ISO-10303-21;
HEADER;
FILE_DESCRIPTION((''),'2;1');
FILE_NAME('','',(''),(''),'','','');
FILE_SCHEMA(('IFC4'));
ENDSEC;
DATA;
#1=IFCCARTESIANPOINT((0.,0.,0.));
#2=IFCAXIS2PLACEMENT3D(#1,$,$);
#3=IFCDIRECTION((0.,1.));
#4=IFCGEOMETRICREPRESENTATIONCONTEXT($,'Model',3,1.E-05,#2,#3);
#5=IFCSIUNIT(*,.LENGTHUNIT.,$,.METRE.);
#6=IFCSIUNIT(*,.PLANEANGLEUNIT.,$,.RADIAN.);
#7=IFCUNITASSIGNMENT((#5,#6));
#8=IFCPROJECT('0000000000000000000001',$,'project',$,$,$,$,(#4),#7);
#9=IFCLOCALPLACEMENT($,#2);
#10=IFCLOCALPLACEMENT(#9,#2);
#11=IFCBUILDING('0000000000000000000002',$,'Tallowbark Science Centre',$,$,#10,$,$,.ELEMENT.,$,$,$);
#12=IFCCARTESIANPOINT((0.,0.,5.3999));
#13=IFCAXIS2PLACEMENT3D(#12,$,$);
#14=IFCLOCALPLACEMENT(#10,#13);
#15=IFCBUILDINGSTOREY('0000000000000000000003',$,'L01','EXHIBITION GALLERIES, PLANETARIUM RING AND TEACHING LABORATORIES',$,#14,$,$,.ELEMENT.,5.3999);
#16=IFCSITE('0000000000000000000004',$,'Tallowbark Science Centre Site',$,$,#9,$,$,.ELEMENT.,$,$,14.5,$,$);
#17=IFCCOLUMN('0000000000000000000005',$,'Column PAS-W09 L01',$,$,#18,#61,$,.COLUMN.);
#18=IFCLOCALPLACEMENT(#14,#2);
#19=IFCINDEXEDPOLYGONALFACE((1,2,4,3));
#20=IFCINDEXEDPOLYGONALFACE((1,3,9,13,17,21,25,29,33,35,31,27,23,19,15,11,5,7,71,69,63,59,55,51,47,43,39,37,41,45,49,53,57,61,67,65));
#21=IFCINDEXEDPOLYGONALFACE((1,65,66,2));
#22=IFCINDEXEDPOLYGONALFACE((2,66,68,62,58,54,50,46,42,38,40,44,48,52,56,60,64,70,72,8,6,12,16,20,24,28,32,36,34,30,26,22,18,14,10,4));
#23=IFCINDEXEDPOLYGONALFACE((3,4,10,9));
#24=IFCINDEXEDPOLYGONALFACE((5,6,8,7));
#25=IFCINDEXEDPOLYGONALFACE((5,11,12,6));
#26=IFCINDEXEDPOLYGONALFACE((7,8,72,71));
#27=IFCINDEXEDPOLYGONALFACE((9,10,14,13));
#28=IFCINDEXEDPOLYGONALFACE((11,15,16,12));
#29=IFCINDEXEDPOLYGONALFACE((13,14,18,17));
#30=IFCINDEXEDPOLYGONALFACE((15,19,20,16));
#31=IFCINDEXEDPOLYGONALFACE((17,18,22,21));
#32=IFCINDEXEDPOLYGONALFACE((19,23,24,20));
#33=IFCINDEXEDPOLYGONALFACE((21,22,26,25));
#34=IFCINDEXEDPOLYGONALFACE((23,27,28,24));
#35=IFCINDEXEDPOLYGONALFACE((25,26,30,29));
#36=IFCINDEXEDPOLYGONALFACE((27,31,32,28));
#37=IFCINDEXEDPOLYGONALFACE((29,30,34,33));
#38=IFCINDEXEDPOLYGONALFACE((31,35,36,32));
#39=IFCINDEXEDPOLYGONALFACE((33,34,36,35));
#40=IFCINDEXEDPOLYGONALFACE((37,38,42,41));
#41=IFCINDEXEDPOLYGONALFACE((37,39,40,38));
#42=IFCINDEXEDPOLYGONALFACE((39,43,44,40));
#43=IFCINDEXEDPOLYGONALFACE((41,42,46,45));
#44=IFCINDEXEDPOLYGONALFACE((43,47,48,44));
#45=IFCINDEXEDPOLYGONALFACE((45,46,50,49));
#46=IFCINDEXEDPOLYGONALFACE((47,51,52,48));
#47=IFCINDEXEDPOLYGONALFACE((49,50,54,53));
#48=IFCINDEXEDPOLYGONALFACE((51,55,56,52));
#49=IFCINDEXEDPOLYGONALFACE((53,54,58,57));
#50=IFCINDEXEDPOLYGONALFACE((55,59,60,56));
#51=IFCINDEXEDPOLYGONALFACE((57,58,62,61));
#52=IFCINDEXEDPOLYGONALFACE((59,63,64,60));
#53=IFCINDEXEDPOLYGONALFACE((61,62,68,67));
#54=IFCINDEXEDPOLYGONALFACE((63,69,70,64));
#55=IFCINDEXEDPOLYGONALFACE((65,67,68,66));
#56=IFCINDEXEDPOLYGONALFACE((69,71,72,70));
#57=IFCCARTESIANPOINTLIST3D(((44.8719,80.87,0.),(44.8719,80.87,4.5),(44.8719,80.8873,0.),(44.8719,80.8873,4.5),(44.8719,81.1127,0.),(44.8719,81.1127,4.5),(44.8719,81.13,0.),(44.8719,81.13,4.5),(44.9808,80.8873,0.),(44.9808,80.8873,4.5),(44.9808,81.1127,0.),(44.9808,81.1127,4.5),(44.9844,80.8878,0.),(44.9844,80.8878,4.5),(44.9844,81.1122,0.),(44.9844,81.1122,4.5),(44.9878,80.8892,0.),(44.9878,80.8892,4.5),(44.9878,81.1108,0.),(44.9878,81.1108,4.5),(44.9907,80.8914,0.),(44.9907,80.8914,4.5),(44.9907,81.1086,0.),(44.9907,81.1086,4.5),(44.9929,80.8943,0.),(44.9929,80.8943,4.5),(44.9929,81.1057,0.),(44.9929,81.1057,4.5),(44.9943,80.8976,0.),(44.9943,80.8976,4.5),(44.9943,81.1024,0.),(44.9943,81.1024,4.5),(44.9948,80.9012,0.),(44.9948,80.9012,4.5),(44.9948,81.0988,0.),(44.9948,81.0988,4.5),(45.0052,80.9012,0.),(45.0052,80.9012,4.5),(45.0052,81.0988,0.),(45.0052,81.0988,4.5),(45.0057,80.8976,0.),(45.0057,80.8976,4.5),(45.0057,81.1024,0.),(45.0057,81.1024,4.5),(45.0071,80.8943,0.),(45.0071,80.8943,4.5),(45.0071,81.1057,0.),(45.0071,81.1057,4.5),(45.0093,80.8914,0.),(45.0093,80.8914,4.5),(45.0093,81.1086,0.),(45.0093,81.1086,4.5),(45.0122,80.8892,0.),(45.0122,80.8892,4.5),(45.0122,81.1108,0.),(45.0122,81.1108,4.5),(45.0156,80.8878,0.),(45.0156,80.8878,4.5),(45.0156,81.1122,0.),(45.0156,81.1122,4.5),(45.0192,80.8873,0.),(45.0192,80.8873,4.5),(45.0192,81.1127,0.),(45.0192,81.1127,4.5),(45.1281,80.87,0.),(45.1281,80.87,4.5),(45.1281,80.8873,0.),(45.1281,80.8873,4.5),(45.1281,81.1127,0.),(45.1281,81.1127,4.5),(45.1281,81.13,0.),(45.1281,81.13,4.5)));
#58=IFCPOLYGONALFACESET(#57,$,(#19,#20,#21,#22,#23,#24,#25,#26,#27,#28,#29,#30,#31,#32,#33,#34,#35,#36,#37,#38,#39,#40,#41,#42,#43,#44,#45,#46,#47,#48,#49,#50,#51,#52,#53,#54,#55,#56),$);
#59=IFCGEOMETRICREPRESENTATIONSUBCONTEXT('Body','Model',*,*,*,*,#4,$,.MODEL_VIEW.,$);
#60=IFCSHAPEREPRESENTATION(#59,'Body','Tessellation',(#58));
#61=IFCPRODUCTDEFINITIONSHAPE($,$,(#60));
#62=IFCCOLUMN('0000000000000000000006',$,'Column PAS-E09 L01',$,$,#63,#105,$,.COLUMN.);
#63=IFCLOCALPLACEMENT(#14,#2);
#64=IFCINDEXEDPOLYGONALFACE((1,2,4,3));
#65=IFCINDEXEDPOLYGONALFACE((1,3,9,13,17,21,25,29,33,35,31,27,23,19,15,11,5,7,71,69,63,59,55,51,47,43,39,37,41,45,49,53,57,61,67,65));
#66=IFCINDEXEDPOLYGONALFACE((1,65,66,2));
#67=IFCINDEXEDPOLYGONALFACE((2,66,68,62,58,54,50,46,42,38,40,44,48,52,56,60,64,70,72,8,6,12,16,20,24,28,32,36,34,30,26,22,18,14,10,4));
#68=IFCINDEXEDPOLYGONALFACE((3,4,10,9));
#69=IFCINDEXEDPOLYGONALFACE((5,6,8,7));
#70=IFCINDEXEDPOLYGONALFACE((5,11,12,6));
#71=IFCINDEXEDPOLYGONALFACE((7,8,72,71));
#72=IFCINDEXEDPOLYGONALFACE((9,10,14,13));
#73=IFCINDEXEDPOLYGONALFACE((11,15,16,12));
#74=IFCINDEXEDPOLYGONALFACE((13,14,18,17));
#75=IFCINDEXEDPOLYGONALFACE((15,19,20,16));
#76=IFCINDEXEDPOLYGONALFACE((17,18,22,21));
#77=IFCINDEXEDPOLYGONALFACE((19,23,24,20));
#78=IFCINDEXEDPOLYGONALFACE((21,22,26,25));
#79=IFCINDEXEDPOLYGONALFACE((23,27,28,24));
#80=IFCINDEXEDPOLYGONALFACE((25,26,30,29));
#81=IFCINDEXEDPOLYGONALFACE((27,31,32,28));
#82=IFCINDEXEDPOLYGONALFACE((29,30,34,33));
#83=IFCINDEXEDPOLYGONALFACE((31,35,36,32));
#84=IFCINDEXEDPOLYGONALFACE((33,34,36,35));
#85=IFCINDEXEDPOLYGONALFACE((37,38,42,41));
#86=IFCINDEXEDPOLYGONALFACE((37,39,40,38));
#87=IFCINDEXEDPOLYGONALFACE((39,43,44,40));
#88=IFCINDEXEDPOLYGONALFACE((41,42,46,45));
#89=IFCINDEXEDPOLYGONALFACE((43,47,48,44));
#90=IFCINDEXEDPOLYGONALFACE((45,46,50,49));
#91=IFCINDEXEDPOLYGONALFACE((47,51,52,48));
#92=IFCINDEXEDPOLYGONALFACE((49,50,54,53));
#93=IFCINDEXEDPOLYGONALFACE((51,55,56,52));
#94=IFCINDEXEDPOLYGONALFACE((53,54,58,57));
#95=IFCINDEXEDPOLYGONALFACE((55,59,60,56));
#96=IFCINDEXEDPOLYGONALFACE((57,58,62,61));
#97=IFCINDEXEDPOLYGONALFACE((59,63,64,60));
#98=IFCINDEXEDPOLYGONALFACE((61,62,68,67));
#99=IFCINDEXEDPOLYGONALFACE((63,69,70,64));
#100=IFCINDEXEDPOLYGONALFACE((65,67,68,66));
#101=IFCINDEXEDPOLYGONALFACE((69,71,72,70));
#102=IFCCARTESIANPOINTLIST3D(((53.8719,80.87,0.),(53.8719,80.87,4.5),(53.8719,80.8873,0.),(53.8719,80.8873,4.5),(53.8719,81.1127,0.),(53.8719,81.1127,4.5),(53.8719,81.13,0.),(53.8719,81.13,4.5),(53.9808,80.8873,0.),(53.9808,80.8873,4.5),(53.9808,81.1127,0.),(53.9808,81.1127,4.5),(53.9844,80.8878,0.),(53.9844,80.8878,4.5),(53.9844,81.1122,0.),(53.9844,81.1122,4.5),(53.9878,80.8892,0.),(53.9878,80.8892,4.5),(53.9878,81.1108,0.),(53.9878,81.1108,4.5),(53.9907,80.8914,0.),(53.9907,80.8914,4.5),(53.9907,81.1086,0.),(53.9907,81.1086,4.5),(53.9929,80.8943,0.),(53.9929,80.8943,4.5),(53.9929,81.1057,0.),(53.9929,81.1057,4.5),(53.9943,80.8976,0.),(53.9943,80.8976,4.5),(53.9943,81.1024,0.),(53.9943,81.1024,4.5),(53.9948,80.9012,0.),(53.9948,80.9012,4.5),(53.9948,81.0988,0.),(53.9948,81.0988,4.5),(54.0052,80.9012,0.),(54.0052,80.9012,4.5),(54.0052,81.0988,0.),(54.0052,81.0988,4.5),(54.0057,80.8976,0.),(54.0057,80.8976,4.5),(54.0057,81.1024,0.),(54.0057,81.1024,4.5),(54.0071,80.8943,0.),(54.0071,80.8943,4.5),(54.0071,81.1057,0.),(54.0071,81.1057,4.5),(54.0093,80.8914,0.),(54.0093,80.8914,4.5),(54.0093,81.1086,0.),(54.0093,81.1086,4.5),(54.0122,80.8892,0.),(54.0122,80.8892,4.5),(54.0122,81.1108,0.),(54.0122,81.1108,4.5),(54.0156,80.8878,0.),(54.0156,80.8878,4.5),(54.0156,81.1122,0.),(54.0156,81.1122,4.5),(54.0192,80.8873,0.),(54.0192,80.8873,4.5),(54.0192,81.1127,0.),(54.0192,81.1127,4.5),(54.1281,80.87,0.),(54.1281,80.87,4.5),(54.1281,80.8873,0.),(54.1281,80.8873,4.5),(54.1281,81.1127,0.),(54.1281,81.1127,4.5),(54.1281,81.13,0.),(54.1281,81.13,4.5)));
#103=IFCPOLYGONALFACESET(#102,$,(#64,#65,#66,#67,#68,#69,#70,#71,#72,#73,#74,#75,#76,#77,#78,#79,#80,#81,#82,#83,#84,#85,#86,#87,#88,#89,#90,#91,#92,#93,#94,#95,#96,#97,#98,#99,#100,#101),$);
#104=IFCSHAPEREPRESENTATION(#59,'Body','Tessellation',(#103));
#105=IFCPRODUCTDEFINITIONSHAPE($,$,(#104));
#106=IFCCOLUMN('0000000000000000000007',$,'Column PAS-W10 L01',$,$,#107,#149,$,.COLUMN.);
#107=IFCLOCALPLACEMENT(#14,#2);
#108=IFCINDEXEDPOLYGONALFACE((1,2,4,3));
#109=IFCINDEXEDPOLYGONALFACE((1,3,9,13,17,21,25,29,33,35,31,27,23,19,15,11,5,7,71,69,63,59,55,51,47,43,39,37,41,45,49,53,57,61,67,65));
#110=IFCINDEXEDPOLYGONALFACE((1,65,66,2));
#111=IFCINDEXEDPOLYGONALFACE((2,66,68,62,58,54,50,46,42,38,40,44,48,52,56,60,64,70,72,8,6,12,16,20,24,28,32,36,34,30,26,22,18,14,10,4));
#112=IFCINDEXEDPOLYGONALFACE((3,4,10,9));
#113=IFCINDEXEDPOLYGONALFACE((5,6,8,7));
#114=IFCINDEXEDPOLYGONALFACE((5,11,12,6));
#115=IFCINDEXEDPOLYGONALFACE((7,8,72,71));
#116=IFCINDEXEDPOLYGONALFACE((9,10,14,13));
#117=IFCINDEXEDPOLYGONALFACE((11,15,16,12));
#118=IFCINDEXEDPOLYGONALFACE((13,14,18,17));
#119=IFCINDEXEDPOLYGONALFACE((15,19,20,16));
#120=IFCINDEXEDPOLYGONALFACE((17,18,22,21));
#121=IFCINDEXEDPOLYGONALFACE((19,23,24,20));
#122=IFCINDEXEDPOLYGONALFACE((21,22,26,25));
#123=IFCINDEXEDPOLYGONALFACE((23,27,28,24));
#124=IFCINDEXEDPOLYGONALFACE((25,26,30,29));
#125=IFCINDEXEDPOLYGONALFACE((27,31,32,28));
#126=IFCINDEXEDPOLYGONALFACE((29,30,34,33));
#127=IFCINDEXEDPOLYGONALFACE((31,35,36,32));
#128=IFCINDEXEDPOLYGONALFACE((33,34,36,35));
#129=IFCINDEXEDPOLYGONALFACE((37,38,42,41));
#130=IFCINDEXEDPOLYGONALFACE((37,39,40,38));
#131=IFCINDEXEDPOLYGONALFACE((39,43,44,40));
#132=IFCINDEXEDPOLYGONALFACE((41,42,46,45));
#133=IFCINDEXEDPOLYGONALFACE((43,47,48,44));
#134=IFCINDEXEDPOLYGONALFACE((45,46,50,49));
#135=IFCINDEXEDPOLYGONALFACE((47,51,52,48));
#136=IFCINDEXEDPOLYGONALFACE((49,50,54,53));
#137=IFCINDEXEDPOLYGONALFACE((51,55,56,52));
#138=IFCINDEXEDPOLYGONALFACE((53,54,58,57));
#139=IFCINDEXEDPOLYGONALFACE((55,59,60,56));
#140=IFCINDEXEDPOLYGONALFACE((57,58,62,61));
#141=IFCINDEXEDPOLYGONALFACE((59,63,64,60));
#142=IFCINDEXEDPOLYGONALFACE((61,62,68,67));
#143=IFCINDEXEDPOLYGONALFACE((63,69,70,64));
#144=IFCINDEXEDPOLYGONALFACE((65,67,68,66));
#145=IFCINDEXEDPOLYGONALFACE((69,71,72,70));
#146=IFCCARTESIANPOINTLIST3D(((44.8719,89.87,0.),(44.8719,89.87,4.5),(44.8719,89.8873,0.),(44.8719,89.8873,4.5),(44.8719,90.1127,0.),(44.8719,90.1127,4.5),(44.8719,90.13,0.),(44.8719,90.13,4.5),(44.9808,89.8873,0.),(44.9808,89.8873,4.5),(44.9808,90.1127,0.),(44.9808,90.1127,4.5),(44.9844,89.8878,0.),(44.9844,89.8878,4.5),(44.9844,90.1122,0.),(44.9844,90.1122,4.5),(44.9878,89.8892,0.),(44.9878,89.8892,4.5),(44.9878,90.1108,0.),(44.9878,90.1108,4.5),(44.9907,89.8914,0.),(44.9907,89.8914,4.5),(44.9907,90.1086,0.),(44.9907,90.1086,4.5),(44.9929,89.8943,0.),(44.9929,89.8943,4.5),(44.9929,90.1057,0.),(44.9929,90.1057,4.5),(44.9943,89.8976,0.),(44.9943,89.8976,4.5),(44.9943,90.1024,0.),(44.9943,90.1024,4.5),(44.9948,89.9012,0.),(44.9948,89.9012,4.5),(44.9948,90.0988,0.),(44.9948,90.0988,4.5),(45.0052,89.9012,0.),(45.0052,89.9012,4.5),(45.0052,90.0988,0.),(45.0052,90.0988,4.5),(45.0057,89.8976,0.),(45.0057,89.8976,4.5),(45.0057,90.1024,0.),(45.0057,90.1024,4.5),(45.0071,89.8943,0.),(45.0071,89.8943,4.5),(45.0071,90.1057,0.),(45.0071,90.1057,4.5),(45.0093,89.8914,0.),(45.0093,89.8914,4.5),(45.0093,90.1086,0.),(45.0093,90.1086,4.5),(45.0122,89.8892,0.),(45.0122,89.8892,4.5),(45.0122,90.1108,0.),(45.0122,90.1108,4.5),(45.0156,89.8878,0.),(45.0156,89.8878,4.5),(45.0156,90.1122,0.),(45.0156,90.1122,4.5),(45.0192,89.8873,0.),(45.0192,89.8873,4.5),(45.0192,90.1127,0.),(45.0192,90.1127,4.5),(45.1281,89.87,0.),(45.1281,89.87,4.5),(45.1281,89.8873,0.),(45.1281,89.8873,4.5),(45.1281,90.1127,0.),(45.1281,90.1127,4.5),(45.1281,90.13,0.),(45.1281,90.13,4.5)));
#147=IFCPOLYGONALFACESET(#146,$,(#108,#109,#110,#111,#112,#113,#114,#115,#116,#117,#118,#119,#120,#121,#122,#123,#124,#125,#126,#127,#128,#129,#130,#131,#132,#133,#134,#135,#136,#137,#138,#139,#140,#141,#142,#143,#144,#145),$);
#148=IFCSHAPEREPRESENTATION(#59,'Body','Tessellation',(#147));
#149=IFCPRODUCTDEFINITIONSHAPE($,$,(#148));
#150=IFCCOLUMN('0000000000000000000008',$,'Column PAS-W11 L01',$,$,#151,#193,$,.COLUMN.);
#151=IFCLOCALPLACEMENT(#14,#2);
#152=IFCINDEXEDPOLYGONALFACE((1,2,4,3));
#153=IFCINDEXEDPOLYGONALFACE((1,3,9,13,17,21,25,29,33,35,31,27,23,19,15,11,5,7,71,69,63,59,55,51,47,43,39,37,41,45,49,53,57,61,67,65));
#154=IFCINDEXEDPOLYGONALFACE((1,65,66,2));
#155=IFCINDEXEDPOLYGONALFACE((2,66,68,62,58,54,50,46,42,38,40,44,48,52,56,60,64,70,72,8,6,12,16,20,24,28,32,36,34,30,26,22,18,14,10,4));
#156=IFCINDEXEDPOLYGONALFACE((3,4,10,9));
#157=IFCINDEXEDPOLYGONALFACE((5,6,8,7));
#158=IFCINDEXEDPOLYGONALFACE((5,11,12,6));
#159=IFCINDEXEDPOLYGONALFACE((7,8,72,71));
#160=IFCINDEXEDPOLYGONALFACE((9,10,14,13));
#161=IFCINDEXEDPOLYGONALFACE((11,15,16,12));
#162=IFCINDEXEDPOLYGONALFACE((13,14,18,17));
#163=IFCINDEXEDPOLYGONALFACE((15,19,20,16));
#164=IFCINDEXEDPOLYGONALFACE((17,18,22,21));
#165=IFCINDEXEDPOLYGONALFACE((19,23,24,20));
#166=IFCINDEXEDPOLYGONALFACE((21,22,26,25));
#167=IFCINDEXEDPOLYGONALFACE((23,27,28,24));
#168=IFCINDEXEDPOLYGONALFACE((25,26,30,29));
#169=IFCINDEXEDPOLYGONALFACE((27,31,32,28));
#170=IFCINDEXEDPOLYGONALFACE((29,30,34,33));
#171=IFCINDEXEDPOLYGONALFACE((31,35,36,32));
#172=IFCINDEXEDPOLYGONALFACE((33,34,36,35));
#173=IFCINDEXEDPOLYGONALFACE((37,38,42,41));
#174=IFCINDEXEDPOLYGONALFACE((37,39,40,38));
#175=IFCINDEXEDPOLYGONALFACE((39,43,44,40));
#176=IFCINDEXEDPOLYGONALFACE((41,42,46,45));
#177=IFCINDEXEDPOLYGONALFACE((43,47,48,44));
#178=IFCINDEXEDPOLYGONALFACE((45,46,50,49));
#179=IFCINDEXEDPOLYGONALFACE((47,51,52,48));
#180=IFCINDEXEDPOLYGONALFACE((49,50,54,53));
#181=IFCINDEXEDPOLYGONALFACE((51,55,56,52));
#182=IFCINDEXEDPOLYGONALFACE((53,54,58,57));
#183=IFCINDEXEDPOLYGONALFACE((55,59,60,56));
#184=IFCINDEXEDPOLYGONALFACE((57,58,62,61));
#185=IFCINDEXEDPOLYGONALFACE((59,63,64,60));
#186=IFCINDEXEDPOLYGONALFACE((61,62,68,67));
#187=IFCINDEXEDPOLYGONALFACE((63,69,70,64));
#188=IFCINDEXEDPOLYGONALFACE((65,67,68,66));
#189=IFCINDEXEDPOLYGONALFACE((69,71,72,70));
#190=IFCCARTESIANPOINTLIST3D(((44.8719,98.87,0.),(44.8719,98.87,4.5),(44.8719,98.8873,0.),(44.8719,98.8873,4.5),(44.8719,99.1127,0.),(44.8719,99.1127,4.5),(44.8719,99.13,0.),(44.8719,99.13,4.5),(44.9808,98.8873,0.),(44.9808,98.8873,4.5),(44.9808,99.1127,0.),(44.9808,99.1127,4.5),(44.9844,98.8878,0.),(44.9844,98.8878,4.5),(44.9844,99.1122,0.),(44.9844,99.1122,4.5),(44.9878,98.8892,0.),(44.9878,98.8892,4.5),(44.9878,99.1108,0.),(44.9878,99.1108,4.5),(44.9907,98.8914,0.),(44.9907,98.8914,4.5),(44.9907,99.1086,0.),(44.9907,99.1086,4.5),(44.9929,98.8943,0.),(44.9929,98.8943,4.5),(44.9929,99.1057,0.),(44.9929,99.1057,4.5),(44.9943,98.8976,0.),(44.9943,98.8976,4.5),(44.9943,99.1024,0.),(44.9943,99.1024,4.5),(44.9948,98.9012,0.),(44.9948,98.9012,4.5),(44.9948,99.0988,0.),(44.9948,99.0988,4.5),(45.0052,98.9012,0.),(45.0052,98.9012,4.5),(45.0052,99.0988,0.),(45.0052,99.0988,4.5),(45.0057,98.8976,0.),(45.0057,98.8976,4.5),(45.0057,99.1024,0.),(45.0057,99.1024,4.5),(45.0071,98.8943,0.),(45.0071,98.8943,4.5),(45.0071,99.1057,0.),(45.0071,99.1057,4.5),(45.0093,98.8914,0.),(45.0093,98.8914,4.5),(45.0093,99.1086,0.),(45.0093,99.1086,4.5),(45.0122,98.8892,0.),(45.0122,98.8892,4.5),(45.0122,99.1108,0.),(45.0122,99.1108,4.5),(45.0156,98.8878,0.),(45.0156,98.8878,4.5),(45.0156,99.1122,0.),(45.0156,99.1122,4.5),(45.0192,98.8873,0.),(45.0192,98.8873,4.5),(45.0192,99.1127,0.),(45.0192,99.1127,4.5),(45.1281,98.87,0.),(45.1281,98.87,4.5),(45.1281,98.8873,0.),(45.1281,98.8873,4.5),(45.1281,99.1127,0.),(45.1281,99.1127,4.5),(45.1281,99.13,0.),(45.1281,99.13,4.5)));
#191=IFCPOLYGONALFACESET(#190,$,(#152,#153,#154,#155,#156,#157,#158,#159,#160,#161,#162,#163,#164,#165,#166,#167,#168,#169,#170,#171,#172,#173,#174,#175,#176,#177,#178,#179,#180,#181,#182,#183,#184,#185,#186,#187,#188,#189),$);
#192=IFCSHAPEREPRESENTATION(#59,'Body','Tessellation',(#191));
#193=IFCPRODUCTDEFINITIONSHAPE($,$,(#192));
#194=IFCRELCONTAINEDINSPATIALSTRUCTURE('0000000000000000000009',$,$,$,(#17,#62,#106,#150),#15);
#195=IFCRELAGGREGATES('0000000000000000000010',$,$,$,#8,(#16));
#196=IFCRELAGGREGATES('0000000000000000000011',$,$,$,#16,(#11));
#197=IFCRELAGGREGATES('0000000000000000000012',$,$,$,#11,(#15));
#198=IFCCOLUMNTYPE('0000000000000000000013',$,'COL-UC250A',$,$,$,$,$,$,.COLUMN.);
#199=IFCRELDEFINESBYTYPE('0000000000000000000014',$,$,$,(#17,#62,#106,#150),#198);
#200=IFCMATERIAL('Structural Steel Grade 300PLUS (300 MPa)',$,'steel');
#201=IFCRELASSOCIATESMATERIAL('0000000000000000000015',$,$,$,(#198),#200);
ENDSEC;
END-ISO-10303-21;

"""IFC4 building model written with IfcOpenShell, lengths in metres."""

from ifc_helpers import new_model, si_unit, direction, frame, origin, origin_2d, place, context, subcontext, project, spatial, i_section, extrude, material, material_profile, profile_set, type_object, element, save


model = new_model("IFC4")

# Units and contexts
model_context = context("Model", 3, precision=1e-05, world=origin(), true_north=direction((0.0, 1.0)))
body_context = subcontext(model_context, "Body", "Model", "MODEL_VIEW")
ifc_project = project(units=[si_unit("LENGTHUNIT", "METRE"), si_unit("PLANEANGLEUNIT", "RADIAN")], contexts=[model_context])

# Site, building, storey
site_placement = place(None, origin())
site = spatial("IfcSite", under=ifc_project, at=site_placement, Name="Tallowbark Science Centre Site", CompositionType="ELEMENT", RefElevation=14.5)
building_placement = place(site_placement, origin())
building = spatial("IfcBuilding", under=site, at=building_placement, Name="Tallowbark Science Centre", CompositionType="ELEMENT")
storey_placement = place(building_placement, frame((0.0, 0.0, 5.3999)))
storey = spatial("IfcBuildingStorey", under=building, at=storey_placement, Name="L01", Description="EXHIBITION GALLERIES, PLANETARIUM RING AND TEACHING LABORATORIES", CompositionType="ELEMENT", Elevation=5.3999)

# Columns
ifc_material = material(Name="Structural Steel Grade 300PLUS (300 MPa)", Category="steel")
ifc_material_profile_1 = material_profile(ifc_material, i_section(OverallWidth=0.2561, OverallDepth=0.26, WebThickness=0.0105, FlangeThickness=0.0173, FilletRadius=0.0139, at=origin_2d()), Name="250UC89.5")
ifc_profile_set_1 = profile_set([ifc_material_profile_1], Name="Structural Steel Grade 300PLUS (300 MPa)")
column_type = type_object("IfcColumnType", Name="COL-UC250A", PredefinedType="COLUMN", material=ifc_profile_set_1)
for number, where, z_axis, x_axis, name in (
    (1, (45.0, 81.0, 0.0), (0.0, 0.0, 1.0), (1.0, 0.0, 0.0), "Column PAS-W09 L01"),
    (2, (54.0, 81.0, 0.0), (0.0, 0.0, 1.0), (1.0, 0.0, 0.0), "Column PAS-E09 L01"),
    (3, (45.0, 90.0, 0.0), (0.0, 0.0, 1.0), (1.0, 0.0, 0.0), "Column PAS-W10 L01"),
    (4, (45.0, 99.0, 0.0), (0.0, 0.0, 1.0), (1.0, 0.0, 0.0), "Column PAS-W11 L01"),
):
    element("IfcColumn", number, at=place(storey_placement, frame(where, z_axis=z_axis, x_axis=x_axis)), inside=storey, type_object=column_type, Name=name, PredefinedType="COLUMN", context=body_context, shape_type="SweptSolid", body=[
        extrude(i_section(OverallWidth=0.2561, OverallDepth=0.26, WebThickness=0.0105, FlangeThickness=0.0173, FilletRadius=0.0139, at=origin_2d()), origin(), (0.0, 0.0, 1.0), 4.5),
    ])

save(model, "model.ifc")
